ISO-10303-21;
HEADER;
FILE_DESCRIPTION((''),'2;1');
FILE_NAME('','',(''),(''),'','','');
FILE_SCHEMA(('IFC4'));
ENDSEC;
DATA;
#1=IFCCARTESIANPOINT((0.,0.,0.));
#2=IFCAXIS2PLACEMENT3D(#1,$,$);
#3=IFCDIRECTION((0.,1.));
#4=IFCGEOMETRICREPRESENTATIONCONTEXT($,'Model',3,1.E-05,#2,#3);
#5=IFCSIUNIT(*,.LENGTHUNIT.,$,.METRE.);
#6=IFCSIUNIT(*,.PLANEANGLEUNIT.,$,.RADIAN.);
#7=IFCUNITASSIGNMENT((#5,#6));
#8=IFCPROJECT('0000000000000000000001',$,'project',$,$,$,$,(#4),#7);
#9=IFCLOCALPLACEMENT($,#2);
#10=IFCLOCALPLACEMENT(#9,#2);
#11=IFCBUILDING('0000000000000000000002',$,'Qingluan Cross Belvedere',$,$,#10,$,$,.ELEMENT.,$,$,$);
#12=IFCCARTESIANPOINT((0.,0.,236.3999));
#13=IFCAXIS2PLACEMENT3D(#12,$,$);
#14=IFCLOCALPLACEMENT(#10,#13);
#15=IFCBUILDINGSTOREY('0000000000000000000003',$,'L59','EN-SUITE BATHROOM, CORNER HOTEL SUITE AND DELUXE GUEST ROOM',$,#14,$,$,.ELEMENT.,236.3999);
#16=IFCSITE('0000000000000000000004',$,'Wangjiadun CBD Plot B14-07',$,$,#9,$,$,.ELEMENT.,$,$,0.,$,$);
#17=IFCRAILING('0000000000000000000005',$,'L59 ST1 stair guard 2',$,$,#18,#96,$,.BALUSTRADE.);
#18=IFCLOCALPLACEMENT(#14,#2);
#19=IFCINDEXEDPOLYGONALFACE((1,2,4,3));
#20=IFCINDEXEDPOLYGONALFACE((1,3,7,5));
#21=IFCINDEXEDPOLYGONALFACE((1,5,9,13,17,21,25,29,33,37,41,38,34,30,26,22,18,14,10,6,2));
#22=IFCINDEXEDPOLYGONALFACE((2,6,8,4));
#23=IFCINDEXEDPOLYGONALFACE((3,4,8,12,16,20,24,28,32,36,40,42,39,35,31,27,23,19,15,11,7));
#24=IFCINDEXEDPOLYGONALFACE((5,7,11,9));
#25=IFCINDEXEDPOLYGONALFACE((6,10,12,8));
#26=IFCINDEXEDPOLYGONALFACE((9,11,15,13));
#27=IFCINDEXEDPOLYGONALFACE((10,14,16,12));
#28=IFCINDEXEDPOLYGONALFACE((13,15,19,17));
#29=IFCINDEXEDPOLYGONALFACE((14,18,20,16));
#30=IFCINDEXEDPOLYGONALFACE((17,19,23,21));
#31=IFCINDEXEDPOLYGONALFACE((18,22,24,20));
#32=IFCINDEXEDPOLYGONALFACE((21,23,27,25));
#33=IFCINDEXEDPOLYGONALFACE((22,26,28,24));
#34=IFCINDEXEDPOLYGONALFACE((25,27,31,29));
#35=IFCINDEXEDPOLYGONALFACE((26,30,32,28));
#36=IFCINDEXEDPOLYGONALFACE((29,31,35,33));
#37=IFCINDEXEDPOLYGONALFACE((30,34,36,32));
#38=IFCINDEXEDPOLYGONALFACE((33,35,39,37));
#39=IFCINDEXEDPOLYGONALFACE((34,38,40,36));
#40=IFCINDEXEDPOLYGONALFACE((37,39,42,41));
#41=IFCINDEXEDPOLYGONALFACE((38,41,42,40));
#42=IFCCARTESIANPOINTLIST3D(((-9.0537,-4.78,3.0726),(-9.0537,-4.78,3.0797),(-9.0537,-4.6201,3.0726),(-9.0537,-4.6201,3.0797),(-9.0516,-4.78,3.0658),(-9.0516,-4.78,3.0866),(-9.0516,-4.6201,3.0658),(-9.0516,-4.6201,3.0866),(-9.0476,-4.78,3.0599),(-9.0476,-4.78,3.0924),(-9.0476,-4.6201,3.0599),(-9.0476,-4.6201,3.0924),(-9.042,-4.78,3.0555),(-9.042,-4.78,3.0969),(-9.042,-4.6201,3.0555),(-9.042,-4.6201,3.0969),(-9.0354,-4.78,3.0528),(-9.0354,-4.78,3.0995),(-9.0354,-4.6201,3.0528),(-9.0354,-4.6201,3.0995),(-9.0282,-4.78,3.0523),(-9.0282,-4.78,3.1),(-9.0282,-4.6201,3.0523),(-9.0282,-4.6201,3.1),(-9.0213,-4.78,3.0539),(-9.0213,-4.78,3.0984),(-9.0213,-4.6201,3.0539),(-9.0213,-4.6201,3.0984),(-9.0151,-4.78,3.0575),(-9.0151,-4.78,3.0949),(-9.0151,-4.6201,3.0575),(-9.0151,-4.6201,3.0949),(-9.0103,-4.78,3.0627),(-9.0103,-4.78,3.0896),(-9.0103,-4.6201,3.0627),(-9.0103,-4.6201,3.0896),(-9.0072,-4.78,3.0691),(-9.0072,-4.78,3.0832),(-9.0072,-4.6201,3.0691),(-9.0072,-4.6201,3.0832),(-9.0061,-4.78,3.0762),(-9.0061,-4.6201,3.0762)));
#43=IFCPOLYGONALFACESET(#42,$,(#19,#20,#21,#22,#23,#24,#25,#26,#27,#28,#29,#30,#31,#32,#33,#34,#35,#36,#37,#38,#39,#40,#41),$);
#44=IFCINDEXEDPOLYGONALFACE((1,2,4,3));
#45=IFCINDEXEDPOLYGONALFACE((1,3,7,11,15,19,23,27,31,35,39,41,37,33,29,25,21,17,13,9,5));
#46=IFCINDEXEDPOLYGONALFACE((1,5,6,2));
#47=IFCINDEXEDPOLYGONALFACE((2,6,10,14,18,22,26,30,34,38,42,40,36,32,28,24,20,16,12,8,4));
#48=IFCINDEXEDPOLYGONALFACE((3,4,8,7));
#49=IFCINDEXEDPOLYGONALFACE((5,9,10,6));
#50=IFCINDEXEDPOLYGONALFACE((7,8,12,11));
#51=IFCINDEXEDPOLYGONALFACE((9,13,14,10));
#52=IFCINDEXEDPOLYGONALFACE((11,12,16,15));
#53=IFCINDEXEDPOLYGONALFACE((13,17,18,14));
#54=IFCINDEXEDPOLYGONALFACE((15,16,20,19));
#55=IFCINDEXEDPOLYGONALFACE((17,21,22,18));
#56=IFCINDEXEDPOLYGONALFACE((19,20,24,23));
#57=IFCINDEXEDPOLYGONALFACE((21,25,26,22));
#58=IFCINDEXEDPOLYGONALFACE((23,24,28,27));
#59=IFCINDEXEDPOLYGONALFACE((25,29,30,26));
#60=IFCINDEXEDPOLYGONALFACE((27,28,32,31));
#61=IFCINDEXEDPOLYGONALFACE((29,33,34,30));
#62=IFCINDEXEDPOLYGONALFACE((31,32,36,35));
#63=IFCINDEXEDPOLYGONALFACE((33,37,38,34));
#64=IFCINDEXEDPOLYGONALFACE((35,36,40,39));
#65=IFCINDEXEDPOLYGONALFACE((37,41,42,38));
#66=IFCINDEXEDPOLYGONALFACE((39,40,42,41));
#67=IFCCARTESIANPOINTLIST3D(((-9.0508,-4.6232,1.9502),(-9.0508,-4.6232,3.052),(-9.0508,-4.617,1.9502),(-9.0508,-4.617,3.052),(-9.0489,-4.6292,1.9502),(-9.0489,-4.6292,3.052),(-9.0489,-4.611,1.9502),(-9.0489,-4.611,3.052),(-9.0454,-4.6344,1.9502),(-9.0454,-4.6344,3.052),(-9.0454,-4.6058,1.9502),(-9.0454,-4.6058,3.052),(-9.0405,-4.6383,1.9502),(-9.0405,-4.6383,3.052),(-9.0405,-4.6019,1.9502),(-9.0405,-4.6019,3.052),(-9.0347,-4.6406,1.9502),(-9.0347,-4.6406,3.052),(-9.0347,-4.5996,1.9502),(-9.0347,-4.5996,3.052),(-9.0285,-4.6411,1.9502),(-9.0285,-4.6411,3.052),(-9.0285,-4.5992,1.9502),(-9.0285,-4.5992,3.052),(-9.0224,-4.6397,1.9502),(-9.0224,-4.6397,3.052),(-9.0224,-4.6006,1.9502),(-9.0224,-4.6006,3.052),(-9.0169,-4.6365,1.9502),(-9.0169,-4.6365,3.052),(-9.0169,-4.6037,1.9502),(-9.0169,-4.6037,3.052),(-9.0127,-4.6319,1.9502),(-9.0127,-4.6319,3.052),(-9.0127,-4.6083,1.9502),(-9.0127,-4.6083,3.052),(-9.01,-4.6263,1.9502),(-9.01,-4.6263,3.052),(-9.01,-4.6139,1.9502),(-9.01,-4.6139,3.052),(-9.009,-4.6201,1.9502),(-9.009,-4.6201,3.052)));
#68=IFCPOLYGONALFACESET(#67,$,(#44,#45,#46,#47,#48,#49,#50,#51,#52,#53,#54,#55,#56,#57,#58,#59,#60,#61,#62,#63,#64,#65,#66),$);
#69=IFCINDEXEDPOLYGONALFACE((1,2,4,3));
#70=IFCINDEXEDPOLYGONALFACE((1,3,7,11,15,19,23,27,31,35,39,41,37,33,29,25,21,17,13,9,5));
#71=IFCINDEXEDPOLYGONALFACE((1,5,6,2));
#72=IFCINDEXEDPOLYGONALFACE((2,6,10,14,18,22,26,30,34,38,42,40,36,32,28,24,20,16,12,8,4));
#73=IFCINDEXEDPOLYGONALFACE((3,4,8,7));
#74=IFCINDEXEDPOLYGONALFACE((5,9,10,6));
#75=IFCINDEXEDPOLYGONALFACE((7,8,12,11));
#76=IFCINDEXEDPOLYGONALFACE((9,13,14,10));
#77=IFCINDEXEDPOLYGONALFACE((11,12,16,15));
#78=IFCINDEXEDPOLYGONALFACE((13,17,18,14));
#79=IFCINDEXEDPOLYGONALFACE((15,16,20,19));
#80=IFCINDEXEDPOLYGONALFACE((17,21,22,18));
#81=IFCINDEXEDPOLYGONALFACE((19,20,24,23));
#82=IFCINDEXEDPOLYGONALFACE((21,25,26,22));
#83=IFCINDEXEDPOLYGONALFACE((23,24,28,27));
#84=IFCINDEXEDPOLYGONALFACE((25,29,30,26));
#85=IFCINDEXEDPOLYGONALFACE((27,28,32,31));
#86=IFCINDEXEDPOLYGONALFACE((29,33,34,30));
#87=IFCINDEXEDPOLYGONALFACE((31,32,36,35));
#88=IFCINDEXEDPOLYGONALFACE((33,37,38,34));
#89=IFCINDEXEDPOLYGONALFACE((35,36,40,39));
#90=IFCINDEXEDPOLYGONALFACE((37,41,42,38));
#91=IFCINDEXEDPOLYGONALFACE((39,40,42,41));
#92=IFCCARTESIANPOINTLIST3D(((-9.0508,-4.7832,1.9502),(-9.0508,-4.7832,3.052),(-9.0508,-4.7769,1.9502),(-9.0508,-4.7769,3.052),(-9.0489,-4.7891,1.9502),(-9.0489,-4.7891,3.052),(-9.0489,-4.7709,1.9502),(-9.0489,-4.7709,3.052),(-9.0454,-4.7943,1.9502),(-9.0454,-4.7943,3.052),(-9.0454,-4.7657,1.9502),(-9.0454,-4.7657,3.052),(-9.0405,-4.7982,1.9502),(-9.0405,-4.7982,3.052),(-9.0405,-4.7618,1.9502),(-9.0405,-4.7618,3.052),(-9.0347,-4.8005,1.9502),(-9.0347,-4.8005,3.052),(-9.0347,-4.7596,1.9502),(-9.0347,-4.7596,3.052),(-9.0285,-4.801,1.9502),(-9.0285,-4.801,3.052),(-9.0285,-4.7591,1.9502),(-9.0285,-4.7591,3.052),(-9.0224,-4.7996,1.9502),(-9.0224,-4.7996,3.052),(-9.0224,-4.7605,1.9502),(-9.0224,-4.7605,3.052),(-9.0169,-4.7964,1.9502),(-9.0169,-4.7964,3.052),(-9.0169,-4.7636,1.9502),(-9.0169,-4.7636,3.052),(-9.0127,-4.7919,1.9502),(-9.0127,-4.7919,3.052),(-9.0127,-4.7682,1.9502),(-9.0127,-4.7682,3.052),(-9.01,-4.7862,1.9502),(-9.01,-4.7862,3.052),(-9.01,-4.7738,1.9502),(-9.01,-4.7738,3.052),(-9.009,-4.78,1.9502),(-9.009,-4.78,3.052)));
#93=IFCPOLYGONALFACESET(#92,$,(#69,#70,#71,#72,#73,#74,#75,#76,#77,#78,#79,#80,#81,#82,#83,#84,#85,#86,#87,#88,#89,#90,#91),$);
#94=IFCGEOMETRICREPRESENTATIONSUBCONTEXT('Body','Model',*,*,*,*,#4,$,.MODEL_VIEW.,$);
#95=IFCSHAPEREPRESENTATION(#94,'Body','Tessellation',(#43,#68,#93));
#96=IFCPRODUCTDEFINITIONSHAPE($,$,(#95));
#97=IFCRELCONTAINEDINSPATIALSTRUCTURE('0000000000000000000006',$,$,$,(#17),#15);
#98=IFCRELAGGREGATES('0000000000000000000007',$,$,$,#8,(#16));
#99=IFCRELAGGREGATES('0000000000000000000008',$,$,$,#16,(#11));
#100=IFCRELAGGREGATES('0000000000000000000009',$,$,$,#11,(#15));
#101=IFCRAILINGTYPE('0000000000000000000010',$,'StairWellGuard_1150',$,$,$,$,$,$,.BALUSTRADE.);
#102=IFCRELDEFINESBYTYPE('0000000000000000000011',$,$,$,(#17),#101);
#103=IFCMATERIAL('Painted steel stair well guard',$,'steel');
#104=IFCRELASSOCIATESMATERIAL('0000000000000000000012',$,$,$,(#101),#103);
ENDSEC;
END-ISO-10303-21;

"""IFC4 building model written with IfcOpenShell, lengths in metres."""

from ifc_helpers import new_model, si_unit, direction, frame, origin, origin_2d, place, context, subcontext, project, spatial, circle, extrude, material, type_object, element, save


model = new_model("IFC4")

# Units and contexts
model_context = context("Model", 3, precision=1e-05, world=origin(), true_north=direction((0.0, 1.0)))
body_context = subcontext(model_context, "Body", "Model", "MODEL_VIEW")
ifc_project = project(units=[si_unit("LENGTHUNIT", "METRE"), si_unit("PLANEANGLEUNIT", "RADIAN")], contexts=[model_context])

# Site, building, storey
site_placement = place(None, origin())
site = spatial("IfcSite", under=ifc_project, at=site_placement, Name="Wangjiadun CBD Plot B14-07", CompositionType="ELEMENT", RefElevation=0.0)
building_placement = place(site_placement, origin())
building = spatial("IfcBuilding", under=site, at=building_placement, Name="Qingluan Cross Belvedere", CompositionType="ELEMENT")
storey_placement = place(building_placement, frame((0.0, 0.0, 236.3999)))
storey = spatial("IfcBuildingStorey", under=building, at=storey_placement, Name="L59", Description="EN-SUITE BATHROOM, CORNER HOTEL SUITE AND DELUXE GUEST ROOM", CompositionType="ELEMENT", Elevation=236.3999)

# Railing
ifc_material_1 = material(Name="Painted steel stair well guard", Category="steel")
railing_type_1 = type_object("IfcRailingType", Name="StairWellGuard_1150", PredefinedType="BALUSTRADE", material=ifc_material_1)
railing_1_placement = place(storey_placement, frame((-9.03, -4.6201, 1.9502)))
element("IfcRailing", 1, at=railing_1_placement, inside=storey, type_object=railing_type_1, Name="L59 ST1 stair guard 2", PredefinedType="BALUSTRADE", context=body_context, shape_type="SweptSolid", body=[
    extrude(circle(Radius=0.0239, at=origin_2d()), frame((0.0, 0.0, 1.126), z_axis=(0.0, -1.0, 0.0), x_axis=(1.0, 0.0, 0.0)), (0.0, 0.0, 1.0), 0.1599),
    extrude(circle(Radius=0.021, at=origin_2d()), origin(), (0.0, 0.0, 1.0), 1.1018),
    extrude(circle(Radius=0.021, at=origin_2d()), frame((0.0, -0.1599, 0.0)), (0.0, 0.0, 1.0), 1.1018),
])

save(model, "model.ifc")
